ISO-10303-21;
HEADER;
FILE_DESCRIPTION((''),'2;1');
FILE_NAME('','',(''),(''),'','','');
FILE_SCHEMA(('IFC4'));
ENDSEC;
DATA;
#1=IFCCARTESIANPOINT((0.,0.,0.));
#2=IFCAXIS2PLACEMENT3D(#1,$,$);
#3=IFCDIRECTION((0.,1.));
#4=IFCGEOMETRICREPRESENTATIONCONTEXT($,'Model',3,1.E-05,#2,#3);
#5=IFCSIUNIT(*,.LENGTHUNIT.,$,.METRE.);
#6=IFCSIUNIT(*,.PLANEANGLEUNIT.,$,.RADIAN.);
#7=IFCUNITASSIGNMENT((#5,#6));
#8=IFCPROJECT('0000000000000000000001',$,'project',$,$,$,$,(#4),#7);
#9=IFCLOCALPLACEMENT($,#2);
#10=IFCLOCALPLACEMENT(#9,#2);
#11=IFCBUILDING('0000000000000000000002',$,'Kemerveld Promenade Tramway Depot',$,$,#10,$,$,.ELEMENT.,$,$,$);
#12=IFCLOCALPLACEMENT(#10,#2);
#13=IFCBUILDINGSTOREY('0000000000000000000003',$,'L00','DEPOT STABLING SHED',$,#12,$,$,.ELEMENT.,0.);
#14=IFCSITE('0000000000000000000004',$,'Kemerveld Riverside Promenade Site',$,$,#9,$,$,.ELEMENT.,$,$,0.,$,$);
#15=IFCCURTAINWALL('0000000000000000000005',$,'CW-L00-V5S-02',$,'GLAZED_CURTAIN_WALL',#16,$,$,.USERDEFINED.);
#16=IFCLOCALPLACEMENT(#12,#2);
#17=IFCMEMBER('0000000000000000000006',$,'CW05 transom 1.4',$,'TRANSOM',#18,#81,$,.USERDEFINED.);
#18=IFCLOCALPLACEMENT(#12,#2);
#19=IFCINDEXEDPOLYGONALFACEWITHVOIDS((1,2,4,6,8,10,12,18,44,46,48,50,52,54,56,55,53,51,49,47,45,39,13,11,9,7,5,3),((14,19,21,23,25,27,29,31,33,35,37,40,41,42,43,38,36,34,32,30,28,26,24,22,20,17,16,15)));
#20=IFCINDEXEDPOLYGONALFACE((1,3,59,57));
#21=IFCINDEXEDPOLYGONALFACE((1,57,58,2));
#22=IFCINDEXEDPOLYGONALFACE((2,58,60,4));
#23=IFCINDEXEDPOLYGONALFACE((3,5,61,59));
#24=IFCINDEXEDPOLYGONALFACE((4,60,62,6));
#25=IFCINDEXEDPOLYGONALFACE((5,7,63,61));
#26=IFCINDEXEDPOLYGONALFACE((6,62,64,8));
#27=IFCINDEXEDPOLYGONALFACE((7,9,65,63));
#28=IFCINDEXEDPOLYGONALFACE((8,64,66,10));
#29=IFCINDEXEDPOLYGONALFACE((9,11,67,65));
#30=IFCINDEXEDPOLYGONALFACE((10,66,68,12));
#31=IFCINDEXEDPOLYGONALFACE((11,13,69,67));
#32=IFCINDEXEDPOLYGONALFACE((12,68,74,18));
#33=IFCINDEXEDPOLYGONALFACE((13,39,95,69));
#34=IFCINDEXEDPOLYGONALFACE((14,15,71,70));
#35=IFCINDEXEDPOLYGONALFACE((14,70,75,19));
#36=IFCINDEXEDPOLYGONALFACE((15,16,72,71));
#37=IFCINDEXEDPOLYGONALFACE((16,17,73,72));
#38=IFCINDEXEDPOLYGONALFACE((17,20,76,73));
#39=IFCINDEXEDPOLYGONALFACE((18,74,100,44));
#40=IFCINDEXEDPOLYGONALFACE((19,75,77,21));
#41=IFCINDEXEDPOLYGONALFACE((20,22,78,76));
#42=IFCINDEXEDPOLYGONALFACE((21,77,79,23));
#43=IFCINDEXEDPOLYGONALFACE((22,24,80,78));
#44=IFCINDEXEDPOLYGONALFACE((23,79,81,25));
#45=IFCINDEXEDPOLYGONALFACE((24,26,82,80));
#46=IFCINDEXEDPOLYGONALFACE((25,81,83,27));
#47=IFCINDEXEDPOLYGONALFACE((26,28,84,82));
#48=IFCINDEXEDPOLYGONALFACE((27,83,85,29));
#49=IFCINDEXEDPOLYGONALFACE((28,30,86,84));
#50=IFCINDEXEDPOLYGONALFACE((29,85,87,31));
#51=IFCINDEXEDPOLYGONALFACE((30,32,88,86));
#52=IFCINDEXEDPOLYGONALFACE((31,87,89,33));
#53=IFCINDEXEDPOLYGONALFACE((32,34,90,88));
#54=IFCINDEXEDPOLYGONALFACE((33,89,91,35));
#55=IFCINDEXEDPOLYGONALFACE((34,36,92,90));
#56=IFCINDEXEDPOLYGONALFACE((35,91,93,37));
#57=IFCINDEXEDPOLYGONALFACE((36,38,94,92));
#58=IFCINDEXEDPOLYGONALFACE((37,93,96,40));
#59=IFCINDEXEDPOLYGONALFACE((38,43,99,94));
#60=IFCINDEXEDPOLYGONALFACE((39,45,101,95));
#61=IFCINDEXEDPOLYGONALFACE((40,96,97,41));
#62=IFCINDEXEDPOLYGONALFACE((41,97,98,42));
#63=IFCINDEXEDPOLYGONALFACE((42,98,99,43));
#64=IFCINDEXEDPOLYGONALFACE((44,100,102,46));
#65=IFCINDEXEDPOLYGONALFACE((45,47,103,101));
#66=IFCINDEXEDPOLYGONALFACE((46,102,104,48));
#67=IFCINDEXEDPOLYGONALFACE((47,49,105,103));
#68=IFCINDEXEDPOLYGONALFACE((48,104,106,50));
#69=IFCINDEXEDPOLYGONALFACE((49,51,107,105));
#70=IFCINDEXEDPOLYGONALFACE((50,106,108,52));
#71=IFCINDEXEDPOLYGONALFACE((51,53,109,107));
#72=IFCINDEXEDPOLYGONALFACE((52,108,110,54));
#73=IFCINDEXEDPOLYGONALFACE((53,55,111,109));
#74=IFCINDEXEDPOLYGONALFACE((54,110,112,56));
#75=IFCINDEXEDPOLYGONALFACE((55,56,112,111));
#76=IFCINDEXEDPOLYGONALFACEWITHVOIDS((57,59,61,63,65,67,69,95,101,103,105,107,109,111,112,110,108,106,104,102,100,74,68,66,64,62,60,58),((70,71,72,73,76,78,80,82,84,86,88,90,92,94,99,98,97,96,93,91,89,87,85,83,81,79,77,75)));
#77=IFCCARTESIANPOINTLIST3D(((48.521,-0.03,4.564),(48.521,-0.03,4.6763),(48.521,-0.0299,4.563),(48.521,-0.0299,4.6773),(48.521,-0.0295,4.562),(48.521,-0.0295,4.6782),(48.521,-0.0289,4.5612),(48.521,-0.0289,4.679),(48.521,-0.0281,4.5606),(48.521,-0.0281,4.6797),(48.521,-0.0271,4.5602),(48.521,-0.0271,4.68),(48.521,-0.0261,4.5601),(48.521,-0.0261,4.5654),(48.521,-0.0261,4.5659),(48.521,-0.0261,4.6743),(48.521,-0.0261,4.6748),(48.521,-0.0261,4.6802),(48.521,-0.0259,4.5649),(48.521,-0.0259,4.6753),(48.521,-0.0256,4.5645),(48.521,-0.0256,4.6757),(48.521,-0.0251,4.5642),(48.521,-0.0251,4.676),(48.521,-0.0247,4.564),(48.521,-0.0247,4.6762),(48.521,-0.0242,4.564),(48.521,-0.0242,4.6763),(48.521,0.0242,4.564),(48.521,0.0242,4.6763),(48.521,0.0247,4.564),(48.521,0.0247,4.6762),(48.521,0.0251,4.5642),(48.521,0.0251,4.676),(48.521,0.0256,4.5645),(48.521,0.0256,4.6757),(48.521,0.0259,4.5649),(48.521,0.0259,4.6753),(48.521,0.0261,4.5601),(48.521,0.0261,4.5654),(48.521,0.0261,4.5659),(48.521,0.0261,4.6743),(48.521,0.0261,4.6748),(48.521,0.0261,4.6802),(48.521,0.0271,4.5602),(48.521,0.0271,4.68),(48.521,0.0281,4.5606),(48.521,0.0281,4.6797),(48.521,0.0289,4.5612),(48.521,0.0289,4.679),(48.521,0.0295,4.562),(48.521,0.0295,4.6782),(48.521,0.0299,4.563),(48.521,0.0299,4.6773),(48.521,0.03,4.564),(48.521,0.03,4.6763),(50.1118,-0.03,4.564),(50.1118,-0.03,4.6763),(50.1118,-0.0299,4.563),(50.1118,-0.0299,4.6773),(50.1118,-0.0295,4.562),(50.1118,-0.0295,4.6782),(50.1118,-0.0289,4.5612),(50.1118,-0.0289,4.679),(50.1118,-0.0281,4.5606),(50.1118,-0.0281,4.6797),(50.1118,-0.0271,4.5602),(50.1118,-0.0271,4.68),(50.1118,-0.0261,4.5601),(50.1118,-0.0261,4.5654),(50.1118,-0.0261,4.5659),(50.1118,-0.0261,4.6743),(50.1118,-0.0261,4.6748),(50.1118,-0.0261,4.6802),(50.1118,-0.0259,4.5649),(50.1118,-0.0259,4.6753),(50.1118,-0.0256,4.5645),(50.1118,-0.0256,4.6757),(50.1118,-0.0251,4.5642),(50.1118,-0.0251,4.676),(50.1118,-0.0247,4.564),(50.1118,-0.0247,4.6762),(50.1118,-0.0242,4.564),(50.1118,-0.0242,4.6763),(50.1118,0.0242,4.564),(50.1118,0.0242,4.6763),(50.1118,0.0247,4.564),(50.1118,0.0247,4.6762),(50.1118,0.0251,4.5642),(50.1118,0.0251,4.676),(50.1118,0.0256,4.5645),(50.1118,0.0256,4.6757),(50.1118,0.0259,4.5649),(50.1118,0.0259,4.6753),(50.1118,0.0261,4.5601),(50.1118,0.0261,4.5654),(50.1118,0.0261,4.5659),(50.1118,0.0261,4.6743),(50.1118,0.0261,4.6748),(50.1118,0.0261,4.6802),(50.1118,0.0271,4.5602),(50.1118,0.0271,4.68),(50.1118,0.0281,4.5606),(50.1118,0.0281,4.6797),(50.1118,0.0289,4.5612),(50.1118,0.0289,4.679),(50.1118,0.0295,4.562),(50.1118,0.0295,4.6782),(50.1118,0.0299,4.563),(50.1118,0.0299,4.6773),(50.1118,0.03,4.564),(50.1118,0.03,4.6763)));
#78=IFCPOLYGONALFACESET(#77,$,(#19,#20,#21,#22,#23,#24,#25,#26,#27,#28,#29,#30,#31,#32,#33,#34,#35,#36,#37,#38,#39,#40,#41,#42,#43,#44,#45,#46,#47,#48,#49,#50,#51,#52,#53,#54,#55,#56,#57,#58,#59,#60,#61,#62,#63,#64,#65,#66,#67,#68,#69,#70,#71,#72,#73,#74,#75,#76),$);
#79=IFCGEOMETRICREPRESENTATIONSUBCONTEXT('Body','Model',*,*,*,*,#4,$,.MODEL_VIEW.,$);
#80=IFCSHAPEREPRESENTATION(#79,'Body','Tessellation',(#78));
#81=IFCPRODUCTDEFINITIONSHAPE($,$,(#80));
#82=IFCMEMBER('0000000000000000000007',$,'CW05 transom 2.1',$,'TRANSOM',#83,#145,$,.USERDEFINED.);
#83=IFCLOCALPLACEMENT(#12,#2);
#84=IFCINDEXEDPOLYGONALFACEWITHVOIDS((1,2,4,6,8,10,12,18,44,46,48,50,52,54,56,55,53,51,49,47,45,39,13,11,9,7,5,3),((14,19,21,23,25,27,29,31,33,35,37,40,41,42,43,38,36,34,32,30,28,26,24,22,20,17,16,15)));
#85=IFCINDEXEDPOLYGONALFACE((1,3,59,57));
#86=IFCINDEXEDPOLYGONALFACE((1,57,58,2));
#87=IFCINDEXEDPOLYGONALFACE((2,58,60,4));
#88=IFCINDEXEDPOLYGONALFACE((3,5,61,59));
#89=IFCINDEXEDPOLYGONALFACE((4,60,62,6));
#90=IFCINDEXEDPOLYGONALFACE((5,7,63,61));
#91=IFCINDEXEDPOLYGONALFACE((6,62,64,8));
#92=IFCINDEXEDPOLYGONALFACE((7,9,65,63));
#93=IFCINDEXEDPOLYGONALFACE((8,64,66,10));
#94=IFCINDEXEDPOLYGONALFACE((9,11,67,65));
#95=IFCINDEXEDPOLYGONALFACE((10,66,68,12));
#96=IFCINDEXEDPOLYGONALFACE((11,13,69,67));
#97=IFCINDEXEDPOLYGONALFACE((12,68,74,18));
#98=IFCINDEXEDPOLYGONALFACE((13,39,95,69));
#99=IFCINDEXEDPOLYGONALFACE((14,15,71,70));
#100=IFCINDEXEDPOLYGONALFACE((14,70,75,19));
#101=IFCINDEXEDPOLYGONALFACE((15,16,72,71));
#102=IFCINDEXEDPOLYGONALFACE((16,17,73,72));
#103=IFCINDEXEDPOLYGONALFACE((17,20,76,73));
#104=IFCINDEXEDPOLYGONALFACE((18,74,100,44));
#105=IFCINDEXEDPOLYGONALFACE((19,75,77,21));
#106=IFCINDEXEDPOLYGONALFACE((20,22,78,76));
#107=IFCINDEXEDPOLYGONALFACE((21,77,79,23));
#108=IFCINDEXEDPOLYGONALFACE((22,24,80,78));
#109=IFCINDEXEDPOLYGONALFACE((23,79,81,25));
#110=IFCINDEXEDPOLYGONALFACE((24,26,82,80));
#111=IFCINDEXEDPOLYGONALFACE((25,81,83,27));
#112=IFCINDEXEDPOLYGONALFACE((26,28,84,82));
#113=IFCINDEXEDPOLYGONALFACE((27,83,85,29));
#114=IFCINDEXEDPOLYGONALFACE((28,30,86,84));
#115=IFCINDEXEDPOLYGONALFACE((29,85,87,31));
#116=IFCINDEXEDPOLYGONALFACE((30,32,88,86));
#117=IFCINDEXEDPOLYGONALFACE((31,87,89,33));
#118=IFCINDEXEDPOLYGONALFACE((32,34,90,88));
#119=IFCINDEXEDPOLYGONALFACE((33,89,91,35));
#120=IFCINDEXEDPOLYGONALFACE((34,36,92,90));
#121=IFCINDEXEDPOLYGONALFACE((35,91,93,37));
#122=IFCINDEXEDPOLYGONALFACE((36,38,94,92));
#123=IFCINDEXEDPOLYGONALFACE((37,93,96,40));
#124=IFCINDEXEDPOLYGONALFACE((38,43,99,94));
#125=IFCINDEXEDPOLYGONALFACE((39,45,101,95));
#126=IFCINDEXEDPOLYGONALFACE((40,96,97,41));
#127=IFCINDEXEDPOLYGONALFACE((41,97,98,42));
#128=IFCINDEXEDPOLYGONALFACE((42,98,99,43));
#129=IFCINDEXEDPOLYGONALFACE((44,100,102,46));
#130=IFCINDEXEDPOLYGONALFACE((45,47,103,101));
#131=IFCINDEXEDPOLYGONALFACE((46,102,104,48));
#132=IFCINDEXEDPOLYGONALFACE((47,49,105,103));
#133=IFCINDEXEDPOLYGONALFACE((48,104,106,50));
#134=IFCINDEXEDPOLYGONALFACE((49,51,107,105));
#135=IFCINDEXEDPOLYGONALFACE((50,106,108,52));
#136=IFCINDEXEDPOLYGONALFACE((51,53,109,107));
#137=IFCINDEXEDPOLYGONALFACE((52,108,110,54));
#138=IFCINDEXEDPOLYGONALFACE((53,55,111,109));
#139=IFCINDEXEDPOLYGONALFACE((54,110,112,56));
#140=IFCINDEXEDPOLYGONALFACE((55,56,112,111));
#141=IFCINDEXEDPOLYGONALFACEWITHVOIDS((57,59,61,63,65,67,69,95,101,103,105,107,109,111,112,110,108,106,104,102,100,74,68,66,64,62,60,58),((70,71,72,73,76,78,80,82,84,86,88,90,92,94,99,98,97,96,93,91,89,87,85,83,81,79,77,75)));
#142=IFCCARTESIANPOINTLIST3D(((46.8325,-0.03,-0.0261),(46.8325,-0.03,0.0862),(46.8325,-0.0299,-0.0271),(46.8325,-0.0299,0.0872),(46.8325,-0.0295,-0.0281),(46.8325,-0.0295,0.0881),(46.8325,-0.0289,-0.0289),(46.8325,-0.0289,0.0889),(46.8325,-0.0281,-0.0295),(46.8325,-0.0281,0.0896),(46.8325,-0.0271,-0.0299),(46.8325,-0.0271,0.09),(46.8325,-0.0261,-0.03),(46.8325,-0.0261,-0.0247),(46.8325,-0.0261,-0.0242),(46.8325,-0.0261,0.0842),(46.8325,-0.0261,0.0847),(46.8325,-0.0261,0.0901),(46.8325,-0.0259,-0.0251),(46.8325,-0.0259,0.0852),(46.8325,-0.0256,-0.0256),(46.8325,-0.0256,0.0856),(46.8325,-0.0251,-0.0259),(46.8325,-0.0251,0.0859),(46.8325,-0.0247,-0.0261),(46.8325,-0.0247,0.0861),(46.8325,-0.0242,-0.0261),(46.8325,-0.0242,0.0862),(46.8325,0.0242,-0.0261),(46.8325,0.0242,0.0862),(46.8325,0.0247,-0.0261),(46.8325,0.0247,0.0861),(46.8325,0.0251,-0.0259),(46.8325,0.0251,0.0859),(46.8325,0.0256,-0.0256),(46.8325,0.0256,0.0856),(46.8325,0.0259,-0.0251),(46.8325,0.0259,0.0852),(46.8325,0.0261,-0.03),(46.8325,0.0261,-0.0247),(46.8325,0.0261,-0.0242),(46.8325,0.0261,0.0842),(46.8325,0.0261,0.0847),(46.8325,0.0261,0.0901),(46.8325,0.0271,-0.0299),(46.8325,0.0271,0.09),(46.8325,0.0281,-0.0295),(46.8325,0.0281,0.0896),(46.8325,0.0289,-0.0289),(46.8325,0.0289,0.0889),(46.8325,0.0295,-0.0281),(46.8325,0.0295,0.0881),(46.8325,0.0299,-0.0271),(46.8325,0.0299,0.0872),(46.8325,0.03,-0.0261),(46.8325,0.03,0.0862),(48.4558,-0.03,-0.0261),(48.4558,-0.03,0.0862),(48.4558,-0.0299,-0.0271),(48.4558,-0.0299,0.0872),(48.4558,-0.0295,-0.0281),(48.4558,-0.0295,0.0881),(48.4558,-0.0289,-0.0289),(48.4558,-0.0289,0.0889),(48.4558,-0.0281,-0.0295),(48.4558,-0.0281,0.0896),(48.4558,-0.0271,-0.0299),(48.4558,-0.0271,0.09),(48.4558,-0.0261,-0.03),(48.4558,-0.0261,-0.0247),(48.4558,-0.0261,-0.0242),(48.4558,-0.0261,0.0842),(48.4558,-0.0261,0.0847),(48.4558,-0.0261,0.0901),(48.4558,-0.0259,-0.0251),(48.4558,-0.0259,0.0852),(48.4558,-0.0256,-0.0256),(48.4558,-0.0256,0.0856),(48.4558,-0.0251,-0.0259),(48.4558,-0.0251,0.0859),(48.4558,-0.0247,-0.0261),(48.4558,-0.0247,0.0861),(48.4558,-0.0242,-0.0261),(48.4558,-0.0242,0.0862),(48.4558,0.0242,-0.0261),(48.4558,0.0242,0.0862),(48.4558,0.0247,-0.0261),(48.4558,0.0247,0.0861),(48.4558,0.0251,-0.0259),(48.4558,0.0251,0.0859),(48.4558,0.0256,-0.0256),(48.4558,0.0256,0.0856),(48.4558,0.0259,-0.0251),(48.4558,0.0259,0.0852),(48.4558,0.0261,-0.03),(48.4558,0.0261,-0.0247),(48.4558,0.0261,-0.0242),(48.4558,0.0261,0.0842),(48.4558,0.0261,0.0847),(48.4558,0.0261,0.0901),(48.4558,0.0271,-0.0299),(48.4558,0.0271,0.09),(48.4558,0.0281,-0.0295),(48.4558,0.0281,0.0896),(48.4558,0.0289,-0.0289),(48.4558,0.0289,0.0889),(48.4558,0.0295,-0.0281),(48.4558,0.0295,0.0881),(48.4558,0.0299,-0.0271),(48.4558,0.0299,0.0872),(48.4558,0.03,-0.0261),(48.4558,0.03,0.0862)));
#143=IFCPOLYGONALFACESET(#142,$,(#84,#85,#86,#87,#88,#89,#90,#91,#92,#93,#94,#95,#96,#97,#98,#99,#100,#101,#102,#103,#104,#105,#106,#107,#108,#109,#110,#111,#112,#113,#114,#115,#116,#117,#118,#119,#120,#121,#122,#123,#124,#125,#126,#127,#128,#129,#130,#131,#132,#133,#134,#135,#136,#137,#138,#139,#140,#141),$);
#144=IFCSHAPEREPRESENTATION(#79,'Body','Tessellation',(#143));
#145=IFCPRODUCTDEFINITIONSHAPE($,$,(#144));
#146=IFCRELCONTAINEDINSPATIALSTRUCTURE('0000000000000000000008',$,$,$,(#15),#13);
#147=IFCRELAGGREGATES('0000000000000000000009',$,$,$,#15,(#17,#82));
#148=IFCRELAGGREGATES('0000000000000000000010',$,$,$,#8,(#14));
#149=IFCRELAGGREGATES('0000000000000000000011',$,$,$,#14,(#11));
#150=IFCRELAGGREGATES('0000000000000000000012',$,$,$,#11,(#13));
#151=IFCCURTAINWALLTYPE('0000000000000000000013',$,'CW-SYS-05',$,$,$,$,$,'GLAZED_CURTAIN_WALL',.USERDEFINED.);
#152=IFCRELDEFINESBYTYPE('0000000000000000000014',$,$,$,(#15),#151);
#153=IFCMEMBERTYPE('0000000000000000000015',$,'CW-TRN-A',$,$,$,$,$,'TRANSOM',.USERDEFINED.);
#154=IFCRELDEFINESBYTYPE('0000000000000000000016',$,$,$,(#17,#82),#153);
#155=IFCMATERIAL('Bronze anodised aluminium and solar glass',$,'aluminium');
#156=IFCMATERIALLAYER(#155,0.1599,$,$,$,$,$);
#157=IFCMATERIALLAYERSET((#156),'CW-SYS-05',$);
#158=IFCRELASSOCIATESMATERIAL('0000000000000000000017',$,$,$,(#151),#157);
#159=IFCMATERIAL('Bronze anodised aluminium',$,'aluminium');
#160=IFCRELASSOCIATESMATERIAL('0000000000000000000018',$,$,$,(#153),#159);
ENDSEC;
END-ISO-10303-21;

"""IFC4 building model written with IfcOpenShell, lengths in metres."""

from ifc_helpers import new_model, si_unit, direction, frame, origin, origin_2d, place, context, subcontext, project, spatial, hollow_rectangle, extrude, material, layer, layer_set, material_profile, profile_set, type_object, element, aggregate, save


model = new_model("IFC4")

# Units and contexts
model_context = context("Model", 3, precision=1e-05, world=origin(), true_north=direction((0.0, 1.0)))
body_context = subcontext(model_context, "Body", "Model", "MODEL_VIEW")
ifc_project = project(units=[si_unit("LENGTHUNIT", "METRE"), si_unit("PLANEANGLEUNIT", "RADIAN")], contexts=[model_context])

# Site, building, storey
site_placement = place(None, origin())
site = spatial("IfcSite", under=ifc_project, at=site_placement, Name="Kemerveld Riverside Promenade Site", CompositionType="ELEMENT", RefElevation=0.0)
building_placement = place(site_placement, origin())
building = spatial("IfcBuilding", under=site, at=building_placement, Name="Kemerveld Promenade Tramway Depot", CompositionType="ELEMENT")
storey_placement = place(building_placement, origin())
storey = spatial("IfcBuildingStorey", under=building, at=storey_placement, Name="L00", Description="DEPOT STABLING SHED", CompositionType="ELEMENT", Elevation=0.0)

# Curtain wall, members
ifc_material_1 = material(Name="Bronze anodised aluminium and solar glass", Category="aluminium")
ifc_layer_1 = layer(ifc_material_1, 0.1599)
ifc_layer_set_1 = layer_set([ifc_layer_1], Name="CW-SYS-05")
curtain_wall_type = type_object("IfcCurtainWallType", Name="CW-SYS-05", ElementType="GLAZED_CURTAIN_WALL", PredefinedType="USERDEFINED", material=ifc_layer_set_1)
curtain_wall_placement = place(storey_placement, origin())
curtain_wall = element("IfcCurtainWall", 1, at=curtain_wall_placement, inside=storey, type_object=curtain_wall_type, Name="CW-L00-V5S-02", ObjectType="GLAZED_CURTAIN_WALL", PredefinedType="USERDEFINED")
ifc_material_2 = material(Name="Bronze anodised aluminium", Category="aluminium")
ifc_material_profile_1 = material_profile(ifc_material_2, hollow_rectangle(XDim=0.0601, YDim=0.1201, WallThickness=0.0039, InnerFilletRadius=0.002, OuterFilletRadius=0.0039, at=origin_2d()), Name="CW-TRN-120x60")
ifc_profile_set_1 = profile_set([ifc_material_profile_1], Name="Bronze anodised aluminium")
member_type_1 = type_object("IfcMemberType", Name="CW-TRN-A", ElementType="TRANSOM", PredefinedType="USERDEFINED", material=ifc_profile_set_1)
member_1_placement = place(storey_placement, frame((50.1118, 0.0, 4.6201), z_axis=(-1.0, 0.0, 0.0), x_axis=(0.0, -1.0, 0.0)))
member_1 = element("IfcMember", 2, at=member_1_placement, type_object=member_type_1, Name="CW05 transom 1.4", ObjectType="TRANSOM", PredefinedType="USERDEFINED", context=body_context, shape_type="SweptSolid", body=[
    extrude(hollow_rectangle(XDim=0.0601, YDim=0.1201, WallThickness=0.0039, InnerFilletRadius=0.002, OuterFilletRadius=0.0039, at=origin_2d()), origin(), (0.0, 0.0, 1.0), 1.5908),
])
member_2_placement = place(storey_placement, frame((48.4558, 0.0, 0.03), z_axis=(-1.0, 0.0, 0.0), x_axis=(0.0, -1.0, 0.0)))
member_2 = element("IfcMember", 3, at=member_2_placement, type_object=member_type_1, Name="CW05 transom 2.1", ObjectType="TRANSOM", PredefinedType="USERDEFINED", context=body_context, shape_type="SweptSolid", body=[
    extrude(hollow_rectangle(XDim=0.0601, YDim=0.1201, WallThickness=0.0039, InnerFilletRadius=0.002, OuterFilletRadius=0.0039, at=origin_2d()), origin(), (0.0, 0.0, 1.0), 1.6233),
])
aggregate(curtain_wall, [member_1, member_2])

save(model, "model.ifc")
